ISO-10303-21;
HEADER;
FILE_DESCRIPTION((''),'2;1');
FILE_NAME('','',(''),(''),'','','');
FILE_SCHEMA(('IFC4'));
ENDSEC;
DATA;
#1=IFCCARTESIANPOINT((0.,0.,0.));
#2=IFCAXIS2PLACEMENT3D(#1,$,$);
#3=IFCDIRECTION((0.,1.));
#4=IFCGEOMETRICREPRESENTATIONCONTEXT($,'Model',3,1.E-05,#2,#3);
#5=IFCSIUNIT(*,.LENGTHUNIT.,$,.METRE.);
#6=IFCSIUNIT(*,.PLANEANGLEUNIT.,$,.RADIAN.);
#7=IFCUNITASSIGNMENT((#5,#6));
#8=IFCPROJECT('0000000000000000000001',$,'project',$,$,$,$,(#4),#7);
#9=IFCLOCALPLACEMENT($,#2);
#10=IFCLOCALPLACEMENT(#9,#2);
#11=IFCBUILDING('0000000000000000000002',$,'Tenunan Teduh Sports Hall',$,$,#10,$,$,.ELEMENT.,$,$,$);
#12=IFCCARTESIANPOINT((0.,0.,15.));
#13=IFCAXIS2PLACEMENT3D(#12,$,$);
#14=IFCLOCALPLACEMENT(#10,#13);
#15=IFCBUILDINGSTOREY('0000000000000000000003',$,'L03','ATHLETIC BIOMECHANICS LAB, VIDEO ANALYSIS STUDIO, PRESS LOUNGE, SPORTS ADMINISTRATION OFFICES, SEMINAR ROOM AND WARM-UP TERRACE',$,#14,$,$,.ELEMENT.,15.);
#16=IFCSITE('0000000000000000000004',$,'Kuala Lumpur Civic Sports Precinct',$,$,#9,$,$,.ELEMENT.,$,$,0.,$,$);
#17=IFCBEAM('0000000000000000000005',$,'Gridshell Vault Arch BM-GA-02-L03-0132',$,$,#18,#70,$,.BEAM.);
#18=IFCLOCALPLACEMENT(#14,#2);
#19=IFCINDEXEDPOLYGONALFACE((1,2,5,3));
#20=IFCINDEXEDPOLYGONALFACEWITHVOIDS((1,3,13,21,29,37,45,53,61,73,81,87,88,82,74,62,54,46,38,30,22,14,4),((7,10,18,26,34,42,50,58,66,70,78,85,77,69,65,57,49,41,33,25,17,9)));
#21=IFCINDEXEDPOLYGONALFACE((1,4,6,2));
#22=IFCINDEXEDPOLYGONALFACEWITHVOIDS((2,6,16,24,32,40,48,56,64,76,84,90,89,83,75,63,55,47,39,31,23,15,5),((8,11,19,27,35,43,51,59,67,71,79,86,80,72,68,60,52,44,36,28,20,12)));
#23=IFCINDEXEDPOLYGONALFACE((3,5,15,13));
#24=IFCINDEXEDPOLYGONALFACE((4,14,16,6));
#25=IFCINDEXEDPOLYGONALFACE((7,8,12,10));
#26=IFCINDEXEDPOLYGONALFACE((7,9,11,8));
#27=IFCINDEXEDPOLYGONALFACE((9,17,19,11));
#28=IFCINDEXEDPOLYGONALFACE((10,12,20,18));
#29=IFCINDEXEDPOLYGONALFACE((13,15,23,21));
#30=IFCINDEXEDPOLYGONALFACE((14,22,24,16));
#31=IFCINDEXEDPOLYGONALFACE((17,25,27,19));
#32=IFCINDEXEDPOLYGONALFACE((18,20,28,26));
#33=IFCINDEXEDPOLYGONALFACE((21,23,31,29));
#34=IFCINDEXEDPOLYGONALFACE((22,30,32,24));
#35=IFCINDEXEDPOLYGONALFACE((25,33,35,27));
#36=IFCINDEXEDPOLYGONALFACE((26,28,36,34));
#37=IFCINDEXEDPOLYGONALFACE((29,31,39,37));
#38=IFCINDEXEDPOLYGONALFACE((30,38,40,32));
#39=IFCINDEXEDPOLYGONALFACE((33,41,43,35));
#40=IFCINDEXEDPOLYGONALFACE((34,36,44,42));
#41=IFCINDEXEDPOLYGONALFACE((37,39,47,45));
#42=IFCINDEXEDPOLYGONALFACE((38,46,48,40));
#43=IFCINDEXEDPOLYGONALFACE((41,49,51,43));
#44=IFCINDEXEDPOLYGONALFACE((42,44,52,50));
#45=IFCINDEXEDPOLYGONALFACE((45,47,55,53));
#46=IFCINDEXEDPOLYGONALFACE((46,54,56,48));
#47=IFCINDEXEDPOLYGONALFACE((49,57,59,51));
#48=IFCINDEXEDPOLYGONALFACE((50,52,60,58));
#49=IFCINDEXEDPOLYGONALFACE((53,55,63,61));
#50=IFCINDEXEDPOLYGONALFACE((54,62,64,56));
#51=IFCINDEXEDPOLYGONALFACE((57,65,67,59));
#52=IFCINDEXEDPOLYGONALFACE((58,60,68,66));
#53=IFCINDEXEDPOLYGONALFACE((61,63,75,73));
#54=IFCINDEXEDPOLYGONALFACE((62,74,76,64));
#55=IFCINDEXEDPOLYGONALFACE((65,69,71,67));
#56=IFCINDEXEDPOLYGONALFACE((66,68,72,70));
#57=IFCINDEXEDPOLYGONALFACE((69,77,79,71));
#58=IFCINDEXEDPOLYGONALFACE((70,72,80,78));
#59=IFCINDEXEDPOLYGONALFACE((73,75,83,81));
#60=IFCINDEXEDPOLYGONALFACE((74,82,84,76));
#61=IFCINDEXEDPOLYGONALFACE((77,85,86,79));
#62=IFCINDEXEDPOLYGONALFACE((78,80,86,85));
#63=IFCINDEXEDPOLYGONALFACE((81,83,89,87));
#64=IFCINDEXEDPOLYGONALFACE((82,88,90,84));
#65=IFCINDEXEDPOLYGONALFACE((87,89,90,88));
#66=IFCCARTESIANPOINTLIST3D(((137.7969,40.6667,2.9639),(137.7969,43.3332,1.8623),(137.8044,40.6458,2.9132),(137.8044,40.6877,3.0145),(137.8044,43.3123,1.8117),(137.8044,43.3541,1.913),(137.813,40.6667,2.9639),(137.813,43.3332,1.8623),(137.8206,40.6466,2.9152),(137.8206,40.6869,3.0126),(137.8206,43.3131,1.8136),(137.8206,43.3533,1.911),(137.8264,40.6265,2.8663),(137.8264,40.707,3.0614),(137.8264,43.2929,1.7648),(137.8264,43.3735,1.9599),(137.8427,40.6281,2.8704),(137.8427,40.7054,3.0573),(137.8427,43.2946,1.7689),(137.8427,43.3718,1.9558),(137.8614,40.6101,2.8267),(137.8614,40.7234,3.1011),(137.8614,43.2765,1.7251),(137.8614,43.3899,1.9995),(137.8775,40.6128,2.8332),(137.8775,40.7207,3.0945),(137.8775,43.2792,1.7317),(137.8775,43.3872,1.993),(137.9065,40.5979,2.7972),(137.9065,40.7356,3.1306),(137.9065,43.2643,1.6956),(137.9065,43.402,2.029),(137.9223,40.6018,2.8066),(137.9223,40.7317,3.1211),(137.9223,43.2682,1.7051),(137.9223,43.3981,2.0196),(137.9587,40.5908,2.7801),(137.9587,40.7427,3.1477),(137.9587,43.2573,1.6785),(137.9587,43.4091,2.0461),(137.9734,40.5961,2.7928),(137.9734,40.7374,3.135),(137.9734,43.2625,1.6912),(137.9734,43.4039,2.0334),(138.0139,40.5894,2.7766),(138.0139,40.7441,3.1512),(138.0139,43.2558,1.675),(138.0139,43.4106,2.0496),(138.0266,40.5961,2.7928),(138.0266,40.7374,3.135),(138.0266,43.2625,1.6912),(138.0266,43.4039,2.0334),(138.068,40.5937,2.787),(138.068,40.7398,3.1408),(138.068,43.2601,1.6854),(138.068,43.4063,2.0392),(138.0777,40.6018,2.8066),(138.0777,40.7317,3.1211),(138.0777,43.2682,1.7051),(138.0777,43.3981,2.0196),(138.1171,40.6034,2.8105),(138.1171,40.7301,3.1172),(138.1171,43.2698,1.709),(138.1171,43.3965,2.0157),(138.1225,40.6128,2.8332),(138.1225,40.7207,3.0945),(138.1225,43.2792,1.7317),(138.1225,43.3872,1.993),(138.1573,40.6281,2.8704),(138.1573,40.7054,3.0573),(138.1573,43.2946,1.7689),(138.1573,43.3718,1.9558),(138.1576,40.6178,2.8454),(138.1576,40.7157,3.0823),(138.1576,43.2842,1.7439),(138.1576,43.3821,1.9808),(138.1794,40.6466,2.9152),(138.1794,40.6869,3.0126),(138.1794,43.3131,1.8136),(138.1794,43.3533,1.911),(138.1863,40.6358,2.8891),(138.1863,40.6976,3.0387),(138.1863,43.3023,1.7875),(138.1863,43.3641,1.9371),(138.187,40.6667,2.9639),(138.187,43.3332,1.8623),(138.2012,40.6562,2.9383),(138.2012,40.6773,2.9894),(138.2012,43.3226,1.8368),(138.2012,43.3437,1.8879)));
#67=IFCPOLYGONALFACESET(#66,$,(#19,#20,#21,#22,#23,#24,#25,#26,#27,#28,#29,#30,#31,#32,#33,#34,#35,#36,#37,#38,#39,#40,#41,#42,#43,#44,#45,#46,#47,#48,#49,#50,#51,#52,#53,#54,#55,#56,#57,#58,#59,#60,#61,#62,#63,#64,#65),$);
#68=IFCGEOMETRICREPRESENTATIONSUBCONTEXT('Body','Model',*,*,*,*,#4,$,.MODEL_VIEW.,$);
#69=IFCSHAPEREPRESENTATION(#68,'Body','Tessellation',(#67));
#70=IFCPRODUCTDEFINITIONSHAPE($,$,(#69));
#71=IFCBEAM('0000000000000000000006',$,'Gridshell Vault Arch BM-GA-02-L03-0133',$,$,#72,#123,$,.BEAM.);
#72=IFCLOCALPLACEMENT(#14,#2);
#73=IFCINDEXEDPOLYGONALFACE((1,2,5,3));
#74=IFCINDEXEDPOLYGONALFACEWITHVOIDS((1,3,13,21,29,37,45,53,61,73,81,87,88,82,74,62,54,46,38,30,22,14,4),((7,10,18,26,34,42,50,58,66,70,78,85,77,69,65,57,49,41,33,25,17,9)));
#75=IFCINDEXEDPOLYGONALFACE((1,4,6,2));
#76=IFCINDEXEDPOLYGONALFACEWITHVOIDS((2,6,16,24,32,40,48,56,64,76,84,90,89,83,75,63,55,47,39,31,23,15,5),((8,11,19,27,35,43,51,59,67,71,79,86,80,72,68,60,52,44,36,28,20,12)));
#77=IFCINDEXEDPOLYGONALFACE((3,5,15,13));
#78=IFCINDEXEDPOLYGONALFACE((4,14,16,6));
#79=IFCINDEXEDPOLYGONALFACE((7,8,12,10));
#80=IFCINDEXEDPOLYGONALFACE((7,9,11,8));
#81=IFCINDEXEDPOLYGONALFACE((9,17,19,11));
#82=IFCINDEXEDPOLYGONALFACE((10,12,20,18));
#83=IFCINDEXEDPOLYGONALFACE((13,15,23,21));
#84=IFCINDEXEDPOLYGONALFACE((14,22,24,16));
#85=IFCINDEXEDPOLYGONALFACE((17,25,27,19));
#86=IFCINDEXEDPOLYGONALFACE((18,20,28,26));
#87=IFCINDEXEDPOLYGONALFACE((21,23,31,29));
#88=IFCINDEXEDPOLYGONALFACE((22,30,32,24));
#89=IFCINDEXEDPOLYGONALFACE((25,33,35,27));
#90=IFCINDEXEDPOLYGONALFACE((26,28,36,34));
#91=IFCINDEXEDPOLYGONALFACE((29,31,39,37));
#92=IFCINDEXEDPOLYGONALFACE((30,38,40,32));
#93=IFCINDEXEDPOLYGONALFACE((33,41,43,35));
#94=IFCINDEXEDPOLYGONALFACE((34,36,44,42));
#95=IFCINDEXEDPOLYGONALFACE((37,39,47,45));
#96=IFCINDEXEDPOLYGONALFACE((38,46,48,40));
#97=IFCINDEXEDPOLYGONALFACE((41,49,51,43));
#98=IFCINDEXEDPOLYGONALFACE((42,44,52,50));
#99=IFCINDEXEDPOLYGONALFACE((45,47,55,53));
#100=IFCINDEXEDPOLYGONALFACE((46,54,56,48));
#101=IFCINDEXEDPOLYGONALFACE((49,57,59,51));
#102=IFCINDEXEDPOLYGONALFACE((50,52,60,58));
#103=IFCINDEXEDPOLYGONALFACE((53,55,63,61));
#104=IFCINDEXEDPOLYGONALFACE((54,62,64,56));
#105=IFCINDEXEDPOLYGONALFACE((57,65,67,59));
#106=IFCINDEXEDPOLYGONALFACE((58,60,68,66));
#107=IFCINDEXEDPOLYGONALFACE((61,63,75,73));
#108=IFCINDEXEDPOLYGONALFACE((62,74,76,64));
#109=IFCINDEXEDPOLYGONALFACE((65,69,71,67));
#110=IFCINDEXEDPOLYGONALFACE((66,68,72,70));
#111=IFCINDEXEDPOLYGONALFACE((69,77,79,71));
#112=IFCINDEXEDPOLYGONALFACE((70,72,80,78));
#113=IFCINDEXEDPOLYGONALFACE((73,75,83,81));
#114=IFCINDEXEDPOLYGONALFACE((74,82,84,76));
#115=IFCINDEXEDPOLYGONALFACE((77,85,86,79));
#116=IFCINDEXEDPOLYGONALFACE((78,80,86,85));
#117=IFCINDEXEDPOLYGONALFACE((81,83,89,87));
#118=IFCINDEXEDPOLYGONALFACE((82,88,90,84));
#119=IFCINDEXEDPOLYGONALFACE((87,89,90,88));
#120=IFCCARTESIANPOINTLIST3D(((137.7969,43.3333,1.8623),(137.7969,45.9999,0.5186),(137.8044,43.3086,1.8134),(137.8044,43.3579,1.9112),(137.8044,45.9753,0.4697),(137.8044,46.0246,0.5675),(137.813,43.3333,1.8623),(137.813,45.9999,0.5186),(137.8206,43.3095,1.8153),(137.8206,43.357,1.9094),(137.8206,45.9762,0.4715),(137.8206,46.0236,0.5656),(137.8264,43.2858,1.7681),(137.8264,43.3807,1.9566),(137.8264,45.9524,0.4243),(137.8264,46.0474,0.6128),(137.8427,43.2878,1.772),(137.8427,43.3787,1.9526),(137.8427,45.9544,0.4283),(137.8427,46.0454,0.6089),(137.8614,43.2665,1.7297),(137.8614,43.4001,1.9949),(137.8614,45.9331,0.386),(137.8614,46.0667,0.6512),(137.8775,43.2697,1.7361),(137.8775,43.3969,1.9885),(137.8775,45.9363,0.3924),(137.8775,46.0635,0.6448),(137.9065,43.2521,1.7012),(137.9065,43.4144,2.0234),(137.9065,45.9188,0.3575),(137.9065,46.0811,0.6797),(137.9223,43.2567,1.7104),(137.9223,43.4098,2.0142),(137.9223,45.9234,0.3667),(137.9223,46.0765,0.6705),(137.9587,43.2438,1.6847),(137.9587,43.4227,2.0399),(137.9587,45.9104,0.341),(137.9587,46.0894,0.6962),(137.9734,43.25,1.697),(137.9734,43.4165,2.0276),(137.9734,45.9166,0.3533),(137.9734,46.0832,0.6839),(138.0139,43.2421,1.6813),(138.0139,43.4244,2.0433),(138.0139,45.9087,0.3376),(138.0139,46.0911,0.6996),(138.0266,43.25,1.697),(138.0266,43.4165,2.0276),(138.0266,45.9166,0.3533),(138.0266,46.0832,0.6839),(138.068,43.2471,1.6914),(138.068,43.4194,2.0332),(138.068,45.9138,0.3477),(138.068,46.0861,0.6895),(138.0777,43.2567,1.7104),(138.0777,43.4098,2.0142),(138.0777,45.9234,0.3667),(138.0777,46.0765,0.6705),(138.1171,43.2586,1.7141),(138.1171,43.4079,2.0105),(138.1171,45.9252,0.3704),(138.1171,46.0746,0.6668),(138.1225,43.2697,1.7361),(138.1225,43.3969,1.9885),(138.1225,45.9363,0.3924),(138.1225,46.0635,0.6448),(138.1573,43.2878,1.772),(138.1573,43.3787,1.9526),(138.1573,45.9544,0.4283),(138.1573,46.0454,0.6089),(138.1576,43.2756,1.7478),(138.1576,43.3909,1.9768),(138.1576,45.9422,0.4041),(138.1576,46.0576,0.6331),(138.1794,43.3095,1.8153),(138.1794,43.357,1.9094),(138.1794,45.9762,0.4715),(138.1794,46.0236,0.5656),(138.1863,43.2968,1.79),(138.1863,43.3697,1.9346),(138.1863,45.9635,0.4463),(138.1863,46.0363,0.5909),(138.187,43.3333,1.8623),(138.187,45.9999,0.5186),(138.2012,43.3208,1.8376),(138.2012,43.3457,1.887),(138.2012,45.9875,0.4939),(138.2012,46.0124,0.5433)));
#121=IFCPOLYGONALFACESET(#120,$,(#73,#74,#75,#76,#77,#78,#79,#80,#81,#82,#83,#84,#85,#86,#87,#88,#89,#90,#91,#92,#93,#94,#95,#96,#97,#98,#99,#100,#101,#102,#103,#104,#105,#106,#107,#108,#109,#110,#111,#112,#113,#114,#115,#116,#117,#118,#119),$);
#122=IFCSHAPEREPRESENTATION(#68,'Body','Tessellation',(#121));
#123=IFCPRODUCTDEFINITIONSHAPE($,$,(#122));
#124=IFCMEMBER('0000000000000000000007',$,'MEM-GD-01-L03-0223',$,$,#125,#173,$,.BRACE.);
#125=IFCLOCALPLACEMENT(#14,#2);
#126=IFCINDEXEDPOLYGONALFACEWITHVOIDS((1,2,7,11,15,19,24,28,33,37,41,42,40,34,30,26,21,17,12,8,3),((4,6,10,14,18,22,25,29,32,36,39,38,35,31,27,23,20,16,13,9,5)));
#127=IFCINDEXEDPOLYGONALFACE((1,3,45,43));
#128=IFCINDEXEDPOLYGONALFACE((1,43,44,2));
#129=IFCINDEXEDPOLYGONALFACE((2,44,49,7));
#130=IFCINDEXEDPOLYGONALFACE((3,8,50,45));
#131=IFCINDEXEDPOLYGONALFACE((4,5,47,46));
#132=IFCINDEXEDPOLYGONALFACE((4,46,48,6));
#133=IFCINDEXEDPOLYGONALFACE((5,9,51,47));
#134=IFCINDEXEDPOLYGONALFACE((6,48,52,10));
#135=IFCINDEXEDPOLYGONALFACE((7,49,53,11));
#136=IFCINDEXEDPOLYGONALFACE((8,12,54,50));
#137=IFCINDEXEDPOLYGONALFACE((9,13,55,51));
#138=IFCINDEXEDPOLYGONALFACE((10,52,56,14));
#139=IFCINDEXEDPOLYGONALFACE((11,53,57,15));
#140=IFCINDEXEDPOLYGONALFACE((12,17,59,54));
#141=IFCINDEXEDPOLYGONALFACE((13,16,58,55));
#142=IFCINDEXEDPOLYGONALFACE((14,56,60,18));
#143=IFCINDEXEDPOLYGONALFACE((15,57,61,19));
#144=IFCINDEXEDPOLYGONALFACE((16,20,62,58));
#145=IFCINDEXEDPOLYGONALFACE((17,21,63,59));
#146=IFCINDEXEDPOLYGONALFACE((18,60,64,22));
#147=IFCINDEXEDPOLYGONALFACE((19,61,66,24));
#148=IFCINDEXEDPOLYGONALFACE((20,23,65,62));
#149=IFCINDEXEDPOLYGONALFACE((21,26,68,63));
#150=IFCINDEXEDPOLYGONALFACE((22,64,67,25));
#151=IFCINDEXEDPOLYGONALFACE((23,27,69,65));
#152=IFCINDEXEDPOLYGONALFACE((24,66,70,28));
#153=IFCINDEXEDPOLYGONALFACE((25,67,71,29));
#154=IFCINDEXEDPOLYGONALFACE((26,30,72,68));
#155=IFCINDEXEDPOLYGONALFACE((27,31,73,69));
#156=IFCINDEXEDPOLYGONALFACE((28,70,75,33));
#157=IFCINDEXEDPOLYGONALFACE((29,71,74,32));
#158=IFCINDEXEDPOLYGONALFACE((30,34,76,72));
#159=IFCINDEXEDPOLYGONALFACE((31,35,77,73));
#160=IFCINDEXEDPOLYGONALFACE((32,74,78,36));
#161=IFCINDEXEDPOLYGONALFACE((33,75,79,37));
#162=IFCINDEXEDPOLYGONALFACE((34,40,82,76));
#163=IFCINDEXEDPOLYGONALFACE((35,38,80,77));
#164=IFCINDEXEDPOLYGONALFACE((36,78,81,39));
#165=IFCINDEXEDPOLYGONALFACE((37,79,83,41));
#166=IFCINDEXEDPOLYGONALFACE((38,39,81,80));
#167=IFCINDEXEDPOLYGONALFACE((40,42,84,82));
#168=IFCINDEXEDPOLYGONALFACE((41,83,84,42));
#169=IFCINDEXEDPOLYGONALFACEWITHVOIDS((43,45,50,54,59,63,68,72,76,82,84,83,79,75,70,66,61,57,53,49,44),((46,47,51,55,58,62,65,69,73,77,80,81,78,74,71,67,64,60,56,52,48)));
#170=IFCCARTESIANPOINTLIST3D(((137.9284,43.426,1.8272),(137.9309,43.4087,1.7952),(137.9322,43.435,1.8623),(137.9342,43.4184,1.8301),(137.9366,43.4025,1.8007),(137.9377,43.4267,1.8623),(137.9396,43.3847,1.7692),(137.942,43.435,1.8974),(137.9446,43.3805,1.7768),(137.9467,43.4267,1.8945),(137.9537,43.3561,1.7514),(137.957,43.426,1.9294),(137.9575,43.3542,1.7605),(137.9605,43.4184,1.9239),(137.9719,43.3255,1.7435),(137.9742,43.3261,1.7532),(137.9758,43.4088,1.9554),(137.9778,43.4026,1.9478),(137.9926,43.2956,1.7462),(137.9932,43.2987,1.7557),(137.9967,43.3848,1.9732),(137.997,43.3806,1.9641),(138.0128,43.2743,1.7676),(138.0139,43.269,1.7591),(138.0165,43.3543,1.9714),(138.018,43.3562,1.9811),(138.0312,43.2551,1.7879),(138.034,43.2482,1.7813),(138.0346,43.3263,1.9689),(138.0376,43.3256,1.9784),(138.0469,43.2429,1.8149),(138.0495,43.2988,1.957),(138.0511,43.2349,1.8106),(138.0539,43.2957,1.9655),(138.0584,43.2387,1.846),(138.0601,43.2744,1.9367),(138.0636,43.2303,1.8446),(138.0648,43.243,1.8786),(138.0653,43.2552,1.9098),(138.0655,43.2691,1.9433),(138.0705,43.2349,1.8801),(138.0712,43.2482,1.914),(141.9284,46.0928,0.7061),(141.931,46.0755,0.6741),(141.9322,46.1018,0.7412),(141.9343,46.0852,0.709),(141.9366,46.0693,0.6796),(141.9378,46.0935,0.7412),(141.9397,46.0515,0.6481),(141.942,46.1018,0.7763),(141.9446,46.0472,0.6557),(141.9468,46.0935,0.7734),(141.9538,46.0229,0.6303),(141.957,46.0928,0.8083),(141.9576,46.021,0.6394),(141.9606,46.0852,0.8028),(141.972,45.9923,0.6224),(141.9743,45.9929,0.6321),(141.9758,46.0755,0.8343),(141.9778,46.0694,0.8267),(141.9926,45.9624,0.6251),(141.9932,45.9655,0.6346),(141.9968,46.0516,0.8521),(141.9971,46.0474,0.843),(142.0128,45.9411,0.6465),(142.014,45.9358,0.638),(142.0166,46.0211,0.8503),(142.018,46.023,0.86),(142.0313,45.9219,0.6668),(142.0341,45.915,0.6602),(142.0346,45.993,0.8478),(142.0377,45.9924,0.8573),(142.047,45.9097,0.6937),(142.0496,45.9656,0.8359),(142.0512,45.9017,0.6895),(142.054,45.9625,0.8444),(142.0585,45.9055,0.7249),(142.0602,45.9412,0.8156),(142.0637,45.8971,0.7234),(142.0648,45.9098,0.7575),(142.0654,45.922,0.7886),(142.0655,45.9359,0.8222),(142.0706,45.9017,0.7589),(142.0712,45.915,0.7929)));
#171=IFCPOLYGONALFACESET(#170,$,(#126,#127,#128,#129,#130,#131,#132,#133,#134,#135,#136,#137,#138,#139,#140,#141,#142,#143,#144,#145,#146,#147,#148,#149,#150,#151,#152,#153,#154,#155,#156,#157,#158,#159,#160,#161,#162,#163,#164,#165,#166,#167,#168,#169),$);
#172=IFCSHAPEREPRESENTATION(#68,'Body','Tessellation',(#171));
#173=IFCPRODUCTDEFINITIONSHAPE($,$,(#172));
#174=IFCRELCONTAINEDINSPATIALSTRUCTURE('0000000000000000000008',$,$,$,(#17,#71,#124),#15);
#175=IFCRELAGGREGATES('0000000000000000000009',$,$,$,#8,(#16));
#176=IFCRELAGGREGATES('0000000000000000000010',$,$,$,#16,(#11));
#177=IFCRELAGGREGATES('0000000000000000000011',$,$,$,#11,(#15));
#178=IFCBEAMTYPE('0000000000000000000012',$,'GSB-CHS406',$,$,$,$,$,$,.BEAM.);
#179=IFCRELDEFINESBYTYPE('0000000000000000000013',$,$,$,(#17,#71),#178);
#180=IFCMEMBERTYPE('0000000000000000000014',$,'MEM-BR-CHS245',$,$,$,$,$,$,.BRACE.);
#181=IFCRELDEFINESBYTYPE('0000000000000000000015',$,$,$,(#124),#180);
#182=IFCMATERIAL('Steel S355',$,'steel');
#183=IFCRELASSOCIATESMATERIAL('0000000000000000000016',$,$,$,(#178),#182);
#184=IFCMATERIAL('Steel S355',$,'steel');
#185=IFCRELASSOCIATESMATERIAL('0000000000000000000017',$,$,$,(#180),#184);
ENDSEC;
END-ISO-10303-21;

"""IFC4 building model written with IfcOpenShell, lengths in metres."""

from ifc_helpers import new_model, si_unit, direction, frame, origin, origin_2d, place, context, subcontext, project, spatial, hollow_circle, extrude, material, material_profile, profile_set, type_object, element, save


model = new_model("IFC4")

# Units and contexts
model_context = context("Model", 3, precision=1e-05, world=origin(), true_north=direction((0.0, 1.0)))
body_context = subcontext(model_context, "Body", "Model", "MODEL_VIEW")
ifc_project = project(units=[si_unit("LENGTHUNIT", "METRE"), si_unit("PLANEANGLEUNIT", "RADIAN")], contexts=[model_context])

# Site, building, storey
site_placement = place(None, origin())
site = spatial("IfcSite", under=ifc_project, at=site_placement, Name="Kuala Lumpur Civic Sports Precinct", CompositionType="ELEMENT", RefElevation=0.0)
building_placement = place(site_placement, origin())
building = spatial("IfcBuilding", under=site, at=building_placement, Name="Tenunan Teduh Sports Hall", CompositionType="ELEMENT")
storey_placement = place(building_placement, frame((0.0, 0.0, 15.0)))
storey = spatial("IfcBuildingStorey", under=building, at=storey_placement, Name="L03", Description="ATHLETIC BIOMECHANICS LAB, VIDEO ANALYSIS STUDIO, PRESS LOUNGE, SPORTS ADMINISTRATION OFFICES, SEMINAR ROOM AND WARM-UP TERRACE", CompositionType="ELEMENT", Elevation=15.0)

# Beams
ifc_material_1 = material(Name="Steel S355", Category="steel")
ifc_material_profile_1 = material_profile(ifc_material_1, hollow_circle(Radius=0.2031, WallThickness=0.0161, at=origin_2d()), Name="CHS 406.4x16.0")
ifc_profile_set_1 = profile_set([ifc_material_profile_1], Name="Steel S355")
beam_type_1 = type_object("IfcBeamType", Name="GSB-CHS406", PredefinedType="BEAM", material=ifc_profile_set_1)
beam_1_placement = place(storey_placement, frame((138.0, 40.6667, 2.9639), z_axis=(0.0, 0.924239, -0.381814), x_axis=(-1.0, 0.0, 0.0)))
element("IfcBeam", 1, at=beam_1_placement, inside=storey, type_object=beam_type_1, Name="Gridshell Vault Arch BM-GA-02-L03-0132", PredefinedType="BEAM", context=body_context, shape_type="SweptSolid", body=[
    extrude(hollow_circle(Radius=0.2031, WallThickness=0.0161, at=origin_2d()), origin(), (0.0, 0.0, 1.0), 2.885),
])
beam_2_placement = place(storey_placement, frame((138.0, 43.3333, 1.8623), z_axis=(0.0, 0.893033, -0.449991), x_axis=(-1.0, 0.0, 0.0)))
element("IfcBeam", 2, at=beam_2_placement, inside=storey, type_object=beam_type_1, Name="Gridshell Vault Arch BM-GA-02-L03-0133", PredefinedType="BEAM", context=body_context, shape_type="SweptSolid", body=[
    extrude(hollow_circle(Radius=0.2031, WallThickness=0.0161, at=origin_2d()), origin(), (0.0, 0.0, 1.0), 2.9861),
])

# Member
ifc_material_2 = material(Name="Steel S355", Category="steel")
ifc_material_profile_2 = material_profile(ifc_material_2, hollow_circle(Radius=0.1223, WallThickness=0.01, at=origin_2d()), Name="CHS 244.5x10.0")
ifc_profile_set_2 = profile_set([ifc_material_profile_2], Name="Steel S355")
member_type_1 = type_object("IfcMemberType", Name="MEM-BR-CHS245", PredefinedType="BRACE", material=ifc_profile_set_2)
member_1_placement = place(storey_placement, frame((138.0, 43.3333, 1.8623), z_axis=(0.810301, 0.540217, -0.227106), x_axis=(-0.554712, 0.832042, 0.0)))
element("IfcMember", 3, at=member_1_placement, inside=storey, type_object=member_type_1, Name="MEM-GD-01-L03-0223", PredefinedType="BRACE", context=body_context, shape_type="SweptSolid", body=[
    extrude(hollow_circle(Radius=0.1223, WallThickness=0.01, at=origin_2d()), origin(), (0.0, 0.0, 1.0), 4.9365),
])

save(model, "model.ifc")
